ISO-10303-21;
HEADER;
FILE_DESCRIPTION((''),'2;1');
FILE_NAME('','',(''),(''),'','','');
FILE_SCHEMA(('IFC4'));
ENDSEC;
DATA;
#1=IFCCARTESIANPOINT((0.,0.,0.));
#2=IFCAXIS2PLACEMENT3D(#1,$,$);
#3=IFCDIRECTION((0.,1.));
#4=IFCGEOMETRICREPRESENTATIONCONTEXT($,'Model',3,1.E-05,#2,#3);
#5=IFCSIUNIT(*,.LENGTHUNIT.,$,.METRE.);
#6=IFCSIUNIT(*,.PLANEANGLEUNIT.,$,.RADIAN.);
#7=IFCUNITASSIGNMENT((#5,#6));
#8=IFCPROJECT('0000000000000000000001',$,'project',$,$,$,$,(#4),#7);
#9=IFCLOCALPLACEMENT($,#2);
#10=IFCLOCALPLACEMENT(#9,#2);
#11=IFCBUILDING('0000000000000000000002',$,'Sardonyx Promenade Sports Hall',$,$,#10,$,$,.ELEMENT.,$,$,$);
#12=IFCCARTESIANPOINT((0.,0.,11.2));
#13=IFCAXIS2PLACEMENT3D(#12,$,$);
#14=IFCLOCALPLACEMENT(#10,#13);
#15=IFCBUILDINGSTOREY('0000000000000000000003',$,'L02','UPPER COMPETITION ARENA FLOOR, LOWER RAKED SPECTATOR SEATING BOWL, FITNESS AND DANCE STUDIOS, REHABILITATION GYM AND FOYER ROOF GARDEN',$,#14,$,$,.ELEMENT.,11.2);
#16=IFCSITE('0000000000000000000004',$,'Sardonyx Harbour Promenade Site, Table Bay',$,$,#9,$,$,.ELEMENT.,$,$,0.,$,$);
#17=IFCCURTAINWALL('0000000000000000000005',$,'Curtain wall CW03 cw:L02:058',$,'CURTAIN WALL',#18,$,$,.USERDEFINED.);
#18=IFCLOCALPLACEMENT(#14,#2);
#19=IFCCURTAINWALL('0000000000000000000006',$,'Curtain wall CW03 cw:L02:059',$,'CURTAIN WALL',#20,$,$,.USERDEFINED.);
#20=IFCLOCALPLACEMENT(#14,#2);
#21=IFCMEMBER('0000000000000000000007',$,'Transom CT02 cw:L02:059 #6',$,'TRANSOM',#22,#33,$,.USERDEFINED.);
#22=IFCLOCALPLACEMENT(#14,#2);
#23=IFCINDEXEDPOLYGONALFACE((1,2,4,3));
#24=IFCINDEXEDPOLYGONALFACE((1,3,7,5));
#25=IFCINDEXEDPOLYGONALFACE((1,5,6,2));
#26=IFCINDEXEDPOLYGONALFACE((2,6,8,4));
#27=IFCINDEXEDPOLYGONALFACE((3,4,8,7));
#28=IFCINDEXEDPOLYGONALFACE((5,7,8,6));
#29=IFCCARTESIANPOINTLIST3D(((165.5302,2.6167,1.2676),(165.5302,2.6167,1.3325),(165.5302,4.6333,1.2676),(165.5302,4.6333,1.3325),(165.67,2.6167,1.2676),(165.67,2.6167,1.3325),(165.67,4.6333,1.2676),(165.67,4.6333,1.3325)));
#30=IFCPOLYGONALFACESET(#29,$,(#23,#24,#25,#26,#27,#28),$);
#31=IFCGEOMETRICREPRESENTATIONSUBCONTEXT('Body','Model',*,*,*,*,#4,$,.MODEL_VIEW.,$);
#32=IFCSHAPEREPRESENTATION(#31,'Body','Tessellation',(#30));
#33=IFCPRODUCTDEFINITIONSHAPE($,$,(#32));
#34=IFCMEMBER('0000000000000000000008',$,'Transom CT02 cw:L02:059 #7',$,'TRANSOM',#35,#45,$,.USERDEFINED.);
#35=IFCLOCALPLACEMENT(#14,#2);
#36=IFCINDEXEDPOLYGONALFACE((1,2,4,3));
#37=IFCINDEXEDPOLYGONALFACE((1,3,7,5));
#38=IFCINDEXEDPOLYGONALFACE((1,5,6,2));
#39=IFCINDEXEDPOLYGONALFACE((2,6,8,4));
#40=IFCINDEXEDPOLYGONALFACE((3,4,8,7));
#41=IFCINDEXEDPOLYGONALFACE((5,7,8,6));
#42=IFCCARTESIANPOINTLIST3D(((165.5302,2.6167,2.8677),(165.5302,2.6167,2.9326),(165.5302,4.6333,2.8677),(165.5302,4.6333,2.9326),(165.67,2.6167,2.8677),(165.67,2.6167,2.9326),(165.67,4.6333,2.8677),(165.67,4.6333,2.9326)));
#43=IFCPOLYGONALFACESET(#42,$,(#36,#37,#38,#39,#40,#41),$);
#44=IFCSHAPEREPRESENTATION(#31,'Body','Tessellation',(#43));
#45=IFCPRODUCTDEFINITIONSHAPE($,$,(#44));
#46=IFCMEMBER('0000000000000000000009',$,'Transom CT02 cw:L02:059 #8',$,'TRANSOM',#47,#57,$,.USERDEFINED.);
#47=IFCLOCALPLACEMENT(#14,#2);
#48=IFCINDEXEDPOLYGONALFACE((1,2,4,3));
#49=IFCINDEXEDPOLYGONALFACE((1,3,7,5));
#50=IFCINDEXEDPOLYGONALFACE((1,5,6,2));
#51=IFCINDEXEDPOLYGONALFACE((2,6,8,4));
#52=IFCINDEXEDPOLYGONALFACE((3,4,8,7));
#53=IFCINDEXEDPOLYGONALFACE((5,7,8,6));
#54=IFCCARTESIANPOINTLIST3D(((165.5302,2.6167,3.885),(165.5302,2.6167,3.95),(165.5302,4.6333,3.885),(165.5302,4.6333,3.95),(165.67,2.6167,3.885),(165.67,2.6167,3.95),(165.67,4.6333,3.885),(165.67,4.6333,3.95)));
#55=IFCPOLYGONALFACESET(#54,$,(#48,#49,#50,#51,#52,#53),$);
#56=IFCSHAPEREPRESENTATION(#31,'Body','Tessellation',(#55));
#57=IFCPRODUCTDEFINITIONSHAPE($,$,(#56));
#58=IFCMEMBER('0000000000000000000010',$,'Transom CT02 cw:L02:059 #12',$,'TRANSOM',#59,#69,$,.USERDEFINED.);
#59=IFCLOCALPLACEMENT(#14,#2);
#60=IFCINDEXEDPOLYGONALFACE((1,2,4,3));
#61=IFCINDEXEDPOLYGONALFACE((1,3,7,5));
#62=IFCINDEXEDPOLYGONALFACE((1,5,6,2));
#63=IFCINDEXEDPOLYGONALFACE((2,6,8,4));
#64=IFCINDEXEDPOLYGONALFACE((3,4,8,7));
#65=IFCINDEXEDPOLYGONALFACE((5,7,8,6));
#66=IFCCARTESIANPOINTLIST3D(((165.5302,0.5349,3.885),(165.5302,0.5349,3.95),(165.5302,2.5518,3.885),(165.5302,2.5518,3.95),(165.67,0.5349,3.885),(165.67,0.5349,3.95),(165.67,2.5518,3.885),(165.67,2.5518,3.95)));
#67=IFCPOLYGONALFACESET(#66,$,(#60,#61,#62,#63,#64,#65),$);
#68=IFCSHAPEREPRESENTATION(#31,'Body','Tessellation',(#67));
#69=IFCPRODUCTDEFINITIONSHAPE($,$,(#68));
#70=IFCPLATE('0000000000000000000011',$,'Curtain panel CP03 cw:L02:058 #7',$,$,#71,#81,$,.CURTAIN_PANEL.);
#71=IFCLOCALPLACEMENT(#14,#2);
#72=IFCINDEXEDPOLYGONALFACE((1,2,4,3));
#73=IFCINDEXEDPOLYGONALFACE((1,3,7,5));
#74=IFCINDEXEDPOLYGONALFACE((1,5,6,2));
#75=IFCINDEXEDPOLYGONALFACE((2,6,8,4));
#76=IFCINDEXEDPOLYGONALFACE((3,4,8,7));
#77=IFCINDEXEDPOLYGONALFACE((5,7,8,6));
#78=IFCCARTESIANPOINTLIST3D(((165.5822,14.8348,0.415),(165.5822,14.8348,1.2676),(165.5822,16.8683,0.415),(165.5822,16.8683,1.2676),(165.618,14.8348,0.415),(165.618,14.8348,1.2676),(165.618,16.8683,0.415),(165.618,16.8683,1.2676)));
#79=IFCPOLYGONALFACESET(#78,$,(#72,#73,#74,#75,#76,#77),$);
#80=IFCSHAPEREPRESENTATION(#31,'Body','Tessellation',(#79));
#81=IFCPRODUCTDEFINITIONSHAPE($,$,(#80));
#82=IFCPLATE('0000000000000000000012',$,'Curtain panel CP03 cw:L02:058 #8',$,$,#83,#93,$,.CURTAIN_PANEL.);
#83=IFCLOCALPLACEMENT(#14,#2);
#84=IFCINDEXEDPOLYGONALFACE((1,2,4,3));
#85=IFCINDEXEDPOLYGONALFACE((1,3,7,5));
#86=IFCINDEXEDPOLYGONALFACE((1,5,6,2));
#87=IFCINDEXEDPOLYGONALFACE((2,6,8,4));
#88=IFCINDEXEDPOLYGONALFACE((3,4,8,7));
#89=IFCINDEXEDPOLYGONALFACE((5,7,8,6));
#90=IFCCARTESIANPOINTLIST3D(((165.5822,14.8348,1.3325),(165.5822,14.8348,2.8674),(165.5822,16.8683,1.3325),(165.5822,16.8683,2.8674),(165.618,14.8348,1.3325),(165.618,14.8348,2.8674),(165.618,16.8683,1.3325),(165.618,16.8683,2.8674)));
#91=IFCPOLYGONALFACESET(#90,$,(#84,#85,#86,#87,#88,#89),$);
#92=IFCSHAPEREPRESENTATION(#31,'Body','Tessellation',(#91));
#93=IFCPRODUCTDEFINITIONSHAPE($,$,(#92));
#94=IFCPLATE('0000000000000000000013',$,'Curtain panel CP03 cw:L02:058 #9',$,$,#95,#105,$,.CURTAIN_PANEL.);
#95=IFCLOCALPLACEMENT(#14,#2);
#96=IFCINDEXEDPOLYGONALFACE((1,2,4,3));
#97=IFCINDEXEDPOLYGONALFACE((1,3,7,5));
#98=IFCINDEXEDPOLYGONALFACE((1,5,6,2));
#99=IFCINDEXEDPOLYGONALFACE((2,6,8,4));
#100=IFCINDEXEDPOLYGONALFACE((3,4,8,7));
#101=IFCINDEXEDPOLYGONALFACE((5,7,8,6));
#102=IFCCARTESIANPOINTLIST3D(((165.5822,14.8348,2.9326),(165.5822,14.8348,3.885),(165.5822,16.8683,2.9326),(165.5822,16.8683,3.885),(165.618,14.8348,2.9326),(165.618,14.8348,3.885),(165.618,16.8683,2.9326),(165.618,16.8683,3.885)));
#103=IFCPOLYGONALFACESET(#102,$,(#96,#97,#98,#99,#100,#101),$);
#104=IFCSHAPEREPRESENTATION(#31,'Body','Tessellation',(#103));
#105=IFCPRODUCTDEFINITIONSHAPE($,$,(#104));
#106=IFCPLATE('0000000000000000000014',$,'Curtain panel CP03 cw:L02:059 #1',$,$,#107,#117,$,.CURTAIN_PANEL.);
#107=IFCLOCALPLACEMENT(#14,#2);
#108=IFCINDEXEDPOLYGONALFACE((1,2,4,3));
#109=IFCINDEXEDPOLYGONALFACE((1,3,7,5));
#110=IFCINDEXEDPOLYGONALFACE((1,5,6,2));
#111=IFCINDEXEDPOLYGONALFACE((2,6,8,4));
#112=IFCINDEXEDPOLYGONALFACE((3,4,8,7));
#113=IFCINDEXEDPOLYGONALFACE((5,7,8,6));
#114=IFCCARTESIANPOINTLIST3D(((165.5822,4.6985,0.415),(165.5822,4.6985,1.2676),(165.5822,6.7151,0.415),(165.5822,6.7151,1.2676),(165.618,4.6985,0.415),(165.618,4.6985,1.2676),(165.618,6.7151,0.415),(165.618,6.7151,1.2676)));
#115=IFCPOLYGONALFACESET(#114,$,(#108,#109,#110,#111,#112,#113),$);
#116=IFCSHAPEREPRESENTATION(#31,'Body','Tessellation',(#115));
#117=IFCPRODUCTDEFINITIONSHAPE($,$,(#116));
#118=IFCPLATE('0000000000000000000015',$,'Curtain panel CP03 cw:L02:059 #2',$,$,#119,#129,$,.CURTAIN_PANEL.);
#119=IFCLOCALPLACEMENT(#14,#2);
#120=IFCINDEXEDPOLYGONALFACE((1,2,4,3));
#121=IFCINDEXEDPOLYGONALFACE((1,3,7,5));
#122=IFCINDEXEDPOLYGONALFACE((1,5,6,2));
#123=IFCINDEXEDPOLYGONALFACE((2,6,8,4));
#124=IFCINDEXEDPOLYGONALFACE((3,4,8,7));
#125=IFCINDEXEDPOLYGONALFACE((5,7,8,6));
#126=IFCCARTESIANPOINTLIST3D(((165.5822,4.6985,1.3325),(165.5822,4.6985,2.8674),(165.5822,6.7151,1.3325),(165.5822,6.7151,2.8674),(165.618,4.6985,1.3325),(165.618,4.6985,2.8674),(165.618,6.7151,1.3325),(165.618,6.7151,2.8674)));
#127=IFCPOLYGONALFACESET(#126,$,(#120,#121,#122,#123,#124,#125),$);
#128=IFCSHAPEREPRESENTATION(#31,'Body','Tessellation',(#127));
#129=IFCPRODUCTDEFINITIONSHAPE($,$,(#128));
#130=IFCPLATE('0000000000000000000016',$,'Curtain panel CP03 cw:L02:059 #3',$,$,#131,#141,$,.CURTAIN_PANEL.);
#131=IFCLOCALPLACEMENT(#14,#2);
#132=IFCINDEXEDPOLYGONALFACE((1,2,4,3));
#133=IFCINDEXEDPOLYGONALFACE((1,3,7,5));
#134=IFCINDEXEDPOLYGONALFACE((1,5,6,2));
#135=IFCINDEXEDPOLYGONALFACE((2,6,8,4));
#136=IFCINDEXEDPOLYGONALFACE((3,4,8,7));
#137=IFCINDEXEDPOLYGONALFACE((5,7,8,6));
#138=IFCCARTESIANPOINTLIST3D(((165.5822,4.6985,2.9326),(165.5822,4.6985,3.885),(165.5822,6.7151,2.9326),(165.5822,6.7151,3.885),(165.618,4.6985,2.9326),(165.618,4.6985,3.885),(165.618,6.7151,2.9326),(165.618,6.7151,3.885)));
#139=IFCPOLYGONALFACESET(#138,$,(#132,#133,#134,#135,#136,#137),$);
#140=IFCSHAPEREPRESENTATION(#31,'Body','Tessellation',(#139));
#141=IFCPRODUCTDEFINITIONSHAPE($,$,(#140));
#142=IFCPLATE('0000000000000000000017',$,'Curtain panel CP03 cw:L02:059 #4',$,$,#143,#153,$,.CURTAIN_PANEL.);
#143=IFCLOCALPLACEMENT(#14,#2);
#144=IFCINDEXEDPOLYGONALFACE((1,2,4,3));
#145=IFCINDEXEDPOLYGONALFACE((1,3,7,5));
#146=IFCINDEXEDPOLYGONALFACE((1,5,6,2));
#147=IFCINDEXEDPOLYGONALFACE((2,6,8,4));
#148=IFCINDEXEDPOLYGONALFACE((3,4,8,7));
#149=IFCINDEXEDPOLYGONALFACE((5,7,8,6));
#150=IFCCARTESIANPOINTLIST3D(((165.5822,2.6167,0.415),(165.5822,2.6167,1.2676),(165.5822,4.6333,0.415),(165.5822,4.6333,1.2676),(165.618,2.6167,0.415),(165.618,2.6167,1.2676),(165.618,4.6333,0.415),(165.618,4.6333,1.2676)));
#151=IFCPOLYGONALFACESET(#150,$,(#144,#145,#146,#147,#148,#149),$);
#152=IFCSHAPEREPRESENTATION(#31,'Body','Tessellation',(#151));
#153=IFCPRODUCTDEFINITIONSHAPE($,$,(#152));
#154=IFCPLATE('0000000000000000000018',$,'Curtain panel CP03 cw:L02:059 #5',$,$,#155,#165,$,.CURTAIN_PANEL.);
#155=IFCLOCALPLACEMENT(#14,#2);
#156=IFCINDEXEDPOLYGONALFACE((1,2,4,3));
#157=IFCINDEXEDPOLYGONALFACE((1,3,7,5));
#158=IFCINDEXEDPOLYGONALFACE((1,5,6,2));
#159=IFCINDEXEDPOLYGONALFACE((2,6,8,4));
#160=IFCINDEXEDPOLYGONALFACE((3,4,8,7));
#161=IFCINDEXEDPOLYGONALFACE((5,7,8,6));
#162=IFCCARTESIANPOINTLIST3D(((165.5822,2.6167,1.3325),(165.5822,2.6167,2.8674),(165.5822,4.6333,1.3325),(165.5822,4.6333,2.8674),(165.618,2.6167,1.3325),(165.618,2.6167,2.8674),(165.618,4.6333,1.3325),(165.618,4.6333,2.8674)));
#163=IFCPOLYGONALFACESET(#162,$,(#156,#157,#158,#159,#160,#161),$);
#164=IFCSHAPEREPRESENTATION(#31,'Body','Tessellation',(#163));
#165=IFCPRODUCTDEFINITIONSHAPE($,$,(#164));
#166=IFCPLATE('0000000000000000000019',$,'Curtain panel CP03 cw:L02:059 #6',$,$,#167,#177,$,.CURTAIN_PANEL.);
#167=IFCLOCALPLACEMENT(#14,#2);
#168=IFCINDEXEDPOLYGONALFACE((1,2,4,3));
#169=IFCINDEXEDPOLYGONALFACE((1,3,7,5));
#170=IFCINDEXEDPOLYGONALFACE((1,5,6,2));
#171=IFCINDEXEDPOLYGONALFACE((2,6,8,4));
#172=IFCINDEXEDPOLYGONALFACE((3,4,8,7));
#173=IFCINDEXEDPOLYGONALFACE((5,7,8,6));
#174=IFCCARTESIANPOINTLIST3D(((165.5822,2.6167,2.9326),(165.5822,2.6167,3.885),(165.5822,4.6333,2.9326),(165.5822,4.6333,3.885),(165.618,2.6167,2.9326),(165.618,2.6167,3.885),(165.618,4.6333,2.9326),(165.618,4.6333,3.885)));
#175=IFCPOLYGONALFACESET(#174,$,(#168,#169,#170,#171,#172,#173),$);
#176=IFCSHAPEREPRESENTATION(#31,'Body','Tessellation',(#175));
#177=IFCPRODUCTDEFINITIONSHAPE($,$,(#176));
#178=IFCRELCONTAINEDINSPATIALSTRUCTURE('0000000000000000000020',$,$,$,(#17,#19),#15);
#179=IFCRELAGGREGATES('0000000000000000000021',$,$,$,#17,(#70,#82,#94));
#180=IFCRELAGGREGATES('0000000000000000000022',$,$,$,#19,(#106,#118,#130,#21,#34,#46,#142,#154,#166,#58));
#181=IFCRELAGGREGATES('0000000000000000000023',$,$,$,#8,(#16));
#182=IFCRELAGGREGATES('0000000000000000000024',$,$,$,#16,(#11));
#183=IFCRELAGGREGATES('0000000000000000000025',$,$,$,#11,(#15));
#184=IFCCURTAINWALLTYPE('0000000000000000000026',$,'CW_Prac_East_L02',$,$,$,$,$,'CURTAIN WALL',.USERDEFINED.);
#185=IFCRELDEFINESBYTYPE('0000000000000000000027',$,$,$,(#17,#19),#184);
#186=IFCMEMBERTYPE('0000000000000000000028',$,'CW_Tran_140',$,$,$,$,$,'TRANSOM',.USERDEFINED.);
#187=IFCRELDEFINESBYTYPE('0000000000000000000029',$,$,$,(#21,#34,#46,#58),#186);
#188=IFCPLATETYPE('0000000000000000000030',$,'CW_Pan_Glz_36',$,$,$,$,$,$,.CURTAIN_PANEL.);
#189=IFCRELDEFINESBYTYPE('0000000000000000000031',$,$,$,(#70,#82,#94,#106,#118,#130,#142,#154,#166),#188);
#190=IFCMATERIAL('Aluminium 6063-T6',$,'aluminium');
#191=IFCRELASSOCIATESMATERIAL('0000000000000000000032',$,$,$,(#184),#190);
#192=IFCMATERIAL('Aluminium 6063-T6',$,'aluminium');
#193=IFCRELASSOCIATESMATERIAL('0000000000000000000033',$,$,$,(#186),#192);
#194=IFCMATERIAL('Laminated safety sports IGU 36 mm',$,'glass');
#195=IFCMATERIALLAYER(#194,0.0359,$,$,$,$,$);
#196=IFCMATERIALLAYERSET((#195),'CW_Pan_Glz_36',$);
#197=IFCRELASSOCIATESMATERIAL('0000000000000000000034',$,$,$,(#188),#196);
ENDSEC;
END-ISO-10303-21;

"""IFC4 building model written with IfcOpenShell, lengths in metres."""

from ifc_helpers import new_model, si_unit, direction, frame, origin, origin_2d, place, context, subcontext, project, spatial, rectangle, extrude, material, layer, layer_set, material_profile, profile_set, type_object, element, aggregate, save


model = new_model("IFC4")

# Units and contexts
model_context = context("Model", 3, precision=1e-05, world=origin(), true_north=direction((0.0, 1.0)))
body_context = subcontext(model_context, "Body", "Model", "MODEL_VIEW")
ifc_project = project(units=[si_unit("LENGTHUNIT", "METRE"), si_unit("PLANEANGLEUNIT", "RADIAN")], contexts=[model_context])

# Site, building, storey
site_placement = place(None, origin())
site = spatial("IfcSite", under=ifc_project, at=site_placement, Name="Sardonyx Harbour Promenade Site, Table Bay", CompositionType="ELEMENT", RefElevation=0.0)
building_placement = place(site_placement, origin())
building = spatial("IfcBuilding", under=site, at=building_placement, Name="Sardonyx Promenade Sports Hall", CompositionType="ELEMENT")
storey_placement = place(building_placement, frame((0.0, 0.0, 11.2)))
storey = spatial("IfcBuildingStorey", under=building, at=storey_placement, Name="L02", Description="UPPER COMPETITION ARENA FLOOR, LOWER RAKED SPECTATOR SEATING BOWL, FITNESS AND DANCE STUDIOS, REHABILITATION GYM AND FOYER ROOF GARDEN", CompositionType="ELEMENT", Elevation=11.2)

# Curtain wall
ifc_material_1 = material(Name="Aluminium 6063-T6", Category="aluminium")
curtain_wall_type = type_object("IfcCurtainWallType", Name="CW_Prac_East_L02", ElementType="CURTAIN WALL", PredefinedType="USERDEFINED", material=ifc_material_1)
curtain_wall_1_placement = place(storey_placement, origin())
curtain_wall_1 = element("IfcCurtainWall", 1, at=curtain_wall_1_placement, inside=storey, type_object=curtain_wall_type, Name="Curtain wall CW03 cw:L02:058", ObjectType="CURTAIN WALL", PredefinedType="USERDEFINED")

# Curtain wall, members
curtain_wall_2_placement = place(storey_placement, origin())
curtain_wall_2 = element("IfcCurtainWall", 2, at=curtain_wall_2_placement, inside=storey, type_object=curtain_wall_type, Name="Curtain wall CW03 cw:L02:059", ObjectType="CURTAIN WALL", PredefinedType="USERDEFINED")
ifc_material_2 = material(Name="Aluminium 6063-T6", Category="aluminium")
ifc_material_profile_1 = material_profile(ifc_material_2, rectangle(XDim=0.0649, YDim=0.1399, at=origin_2d()))
ifc_profile_set_1 = profile_set([ifc_material_profile_1], Name="Aluminium 6063-T6")
member_type_1 = type_object("IfcMemberType", Name="CW_Tran_140", ElementType="TRANSOM", PredefinedType="USERDEFINED", material=ifc_profile_set_1)
member_1_placement = place(storey_placement, frame((165.6001, 4.6333, 1.3), z_axis=(0.0, -1.0, 0.0), x_axis=(0.0, 0.0, 1.0)))
member_1 = element("IfcMember", 3, at=member_1_placement, type_object=member_type_1, Name="Transom CT02 cw:L02:059 #6", ObjectType="TRANSOM", PredefinedType="USERDEFINED", context=body_context, shape_type="SweptSolid", body=[
    extrude(rectangle(XDim=0.0649, YDim=0.1399, at=origin_2d()), origin(), (0.0, 0.0, 1.0), 2.0166),
])
member_2_placement = place(storey_placement, frame((165.6001, 4.6333, 2.9001), z_axis=(0.0, -1.0, 0.0), x_axis=(0.0, 0.0, 1.0)))
member_2 = element("IfcMember", 4, at=member_2_placement, type_object=member_type_1, Name="Transom CT02 cw:L02:059 #7", ObjectType="TRANSOM", PredefinedType="USERDEFINED", context=body_context, shape_type="SweptSolid", body=[
    extrude(rectangle(XDim=0.0649, YDim=0.1399, at=origin_2d()), origin(), (0.0, 0.0, 1.0), 2.0166),
])
member_3_placement = place(storey_placement, frame((165.6001, 4.6333, 3.9175), z_axis=(0.0, -1.0, 0.0), x_axis=(0.0, 0.0, 1.0)))
member_3 = element("IfcMember", 5, at=member_3_placement, type_object=member_type_1, Name="Transom CT02 cw:L02:059 #8", ObjectType="TRANSOM", PredefinedType="USERDEFINED", context=body_context, shape_type="SweptSolid", body=[
    extrude(rectangle(XDim=0.0649, YDim=0.1399, at=origin_2d()), origin(), (0.0, 0.0, 1.0), 2.0166),
])
member_4_placement = place(storey_placement, frame((165.6001, 2.5518, 3.9175), z_axis=(0.0, -1.0, 0.0), x_axis=(0.0, 0.0, 1.0)))
member_4 = element("IfcMember", 6, at=member_4_placement, type_object=member_type_1, Name="Transom CT02 cw:L02:059 #12", ObjectType="TRANSOM", PredefinedType="USERDEFINED", context=body_context, shape_type="SweptSolid", body=[
    extrude(rectangle(XDim=0.0649, YDim=0.1399, at=origin_2d()), origin(), (0.0, 0.0, 1.0), 2.0168),
])

# Plates
ifc_material_3 = material(Name="Laminated safety sports IGU 36 mm", Category="glass")
ifc_layer_1 = layer(ifc_material_3, 0.0359)
ifc_layer_set_1 = layer_set([ifc_layer_1], Name="CW_Pan_Glz_36")
plate_type = type_object("IfcPlateType", Name="CW_Pan_Glz_36", PredefinedType="CURTAIN_PANEL", material=ifc_layer_set_1)
plate_1_placement = place(storey_placement, frame((165.6001, 15.8516, 0.415), z_axis=(0.0, 0.0, 1.0), x_axis=(0.0, -1.0, 0.0)))
plate_1 = element("IfcPlate", 7, at=plate_1_placement, type_object=plate_type, Name="Curtain panel CP03 cw:L02:058 #7", PredefinedType="CURTAIN_PANEL", context=body_context, shape_type="SweptSolid", body=[
    extrude(rectangle(XDim=2.0334, YDim=0.0359, at=origin_2d()), origin(), (0.0, 0.0, 1.0), 0.8525),
])
plate_2_placement = place(storey_placement, frame((165.6001, 15.8516, 1.3325), z_axis=(0.0, 0.0, 1.0), x_axis=(0.0, -1.0, 0.0)))
plate_2 = element("IfcPlate", 8, at=plate_2_placement, type_object=plate_type, Name="Curtain panel CP03 cw:L02:058 #8", PredefinedType="CURTAIN_PANEL", context=body_context, shape_type="SweptSolid", body=[
    extrude(rectangle(XDim=2.0334, YDim=0.0359, at=origin_2d()), origin(), (0.0, 0.0, 1.0), 1.5349),
])
plate_3_placement = place(storey_placement, frame((165.6001, 15.8516, 2.9326), z_axis=(0.0, 0.0, 1.0), x_axis=(0.0, -1.0, 0.0)))
plate_3 = element("IfcPlate", 9, at=plate_3_placement, type_object=plate_type, Name="Curtain panel CP03 cw:L02:058 #9", PredefinedType="CURTAIN_PANEL", context=body_context, shape_type="SweptSolid", body=[
    extrude(rectangle(XDim=2.0334, YDim=0.0359, at=origin_2d()), origin(), (0.0, 0.0, 1.0), 0.9524),
])
aggregate(curtain_wall_1, [plate_1, plate_2, plate_3])
plate_4_placement = place(storey_placement, frame((165.6001, 5.7068, 0.415), z_axis=(0.0, 0.0, 1.0), x_axis=(0.0, -1.0, 0.0)))
plate_4 = element("IfcPlate", 10, at=plate_4_placement, type_object=plate_type, Name="Curtain panel CP03 cw:L02:059 #1", PredefinedType="CURTAIN_PANEL", context=body_context, shape_type="SweptSolid", body=[
    extrude(rectangle(XDim=2.0166, YDim=0.0359, at=origin_2d()), origin(), (0.0, 0.0, 1.0), 0.8525),
])
plate_5_placement = place(storey_placement, frame((165.6001, 5.7068, 1.3325), z_axis=(0.0, 0.0, 1.0), x_axis=(0.0, -1.0, 0.0)))
plate_5 = element("IfcPlate", 11, at=plate_5_placement, type_object=plate_type, Name="Curtain panel CP03 cw:L02:059 #2", PredefinedType="CURTAIN_PANEL", context=body_context, shape_type="SweptSolid", body=[
    extrude(rectangle(XDim=2.0166, YDim=0.0359, at=origin_2d()), origin(), (0.0, 0.0, 1.0), 1.5349),
])
plate_6_placement = place(storey_placement, frame((165.6001, 5.7068, 2.9326), z_axis=(0.0, 0.0, 1.0), x_axis=(0.0, -1.0, 0.0)))
plate_6 = element("IfcPlate", 12, at=plate_6_placement, type_object=plate_type, Name="Curtain panel CP03 cw:L02:059 #3", PredefinedType="CURTAIN_PANEL", context=body_context, shape_type="SweptSolid", body=[
    extrude(rectangle(XDim=2.0166, YDim=0.0359, at=origin_2d()), origin(), (0.0, 0.0, 1.0), 0.9524),
])
plate_7_placement = place(storey_placement, frame((165.6001, 3.625, 0.415), z_axis=(0.0, 0.0, 1.0), x_axis=(0.0, -1.0, 0.0)))
plate_7 = element("IfcPlate", 13, at=plate_7_placement, type_object=plate_type, Name="Curtain panel CP03 cw:L02:059 #4", PredefinedType="CURTAIN_PANEL", context=body_context, shape_type="SweptSolid", body=[
    extrude(rectangle(XDim=2.0166, YDim=0.0359, at=origin_2d()), origin(), (0.0, 0.0, 1.0), 0.8525),
])
plate_8_placement = place(storey_placement, frame((165.6001, 3.625, 1.3325), z_axis=(0.0, 0.0, 1.0), x_axis=(0.0, -1.0, 0.0)))
plate_8 = element("IfcPlate", 14, at=plate_8_placement, type_object=plate_type, Name="Curtain panel CP03 cw:L02:059 #5", PredefinedType="CURTAIN_PANEL", context=body_context, shape_type="SweptSolid", body=[
    extrude(rectangle(XDim=2.0166, YDim=0.0359, at=origin_2d()), origin(), (0.0, 0.0, 1.0), 1.5349),
])
plate_9_placement = place(storey_placement, frame((165.6001, 3.625, 2.9326), z_axis=(0.0, 0.0, 1.0), x_axis=(0.0, -1.0, 0.0)))
plate_9 = element("IfcPlate", 15, at=plate_9_placement, type_object=plate_type, Name="Curtain panel CP03 cw:L02:059 #6", PredefinedType="CURTAIN_PANEL", context=body_context, shape_type="SweptSolid", body=[
    extrude(rectangle(XDim=2.0166, YDim=0.0359, at=origin_2d()), origin(), (0.0, 0.0, 1.0), 0.9524),
])
aggregate(curtain_wall_2, [plate_4, plate_5, plate_6, member_1, member_2, member_3, plate_7, plate_8, plate_9, member_4])

save(model, "model.ifc")
